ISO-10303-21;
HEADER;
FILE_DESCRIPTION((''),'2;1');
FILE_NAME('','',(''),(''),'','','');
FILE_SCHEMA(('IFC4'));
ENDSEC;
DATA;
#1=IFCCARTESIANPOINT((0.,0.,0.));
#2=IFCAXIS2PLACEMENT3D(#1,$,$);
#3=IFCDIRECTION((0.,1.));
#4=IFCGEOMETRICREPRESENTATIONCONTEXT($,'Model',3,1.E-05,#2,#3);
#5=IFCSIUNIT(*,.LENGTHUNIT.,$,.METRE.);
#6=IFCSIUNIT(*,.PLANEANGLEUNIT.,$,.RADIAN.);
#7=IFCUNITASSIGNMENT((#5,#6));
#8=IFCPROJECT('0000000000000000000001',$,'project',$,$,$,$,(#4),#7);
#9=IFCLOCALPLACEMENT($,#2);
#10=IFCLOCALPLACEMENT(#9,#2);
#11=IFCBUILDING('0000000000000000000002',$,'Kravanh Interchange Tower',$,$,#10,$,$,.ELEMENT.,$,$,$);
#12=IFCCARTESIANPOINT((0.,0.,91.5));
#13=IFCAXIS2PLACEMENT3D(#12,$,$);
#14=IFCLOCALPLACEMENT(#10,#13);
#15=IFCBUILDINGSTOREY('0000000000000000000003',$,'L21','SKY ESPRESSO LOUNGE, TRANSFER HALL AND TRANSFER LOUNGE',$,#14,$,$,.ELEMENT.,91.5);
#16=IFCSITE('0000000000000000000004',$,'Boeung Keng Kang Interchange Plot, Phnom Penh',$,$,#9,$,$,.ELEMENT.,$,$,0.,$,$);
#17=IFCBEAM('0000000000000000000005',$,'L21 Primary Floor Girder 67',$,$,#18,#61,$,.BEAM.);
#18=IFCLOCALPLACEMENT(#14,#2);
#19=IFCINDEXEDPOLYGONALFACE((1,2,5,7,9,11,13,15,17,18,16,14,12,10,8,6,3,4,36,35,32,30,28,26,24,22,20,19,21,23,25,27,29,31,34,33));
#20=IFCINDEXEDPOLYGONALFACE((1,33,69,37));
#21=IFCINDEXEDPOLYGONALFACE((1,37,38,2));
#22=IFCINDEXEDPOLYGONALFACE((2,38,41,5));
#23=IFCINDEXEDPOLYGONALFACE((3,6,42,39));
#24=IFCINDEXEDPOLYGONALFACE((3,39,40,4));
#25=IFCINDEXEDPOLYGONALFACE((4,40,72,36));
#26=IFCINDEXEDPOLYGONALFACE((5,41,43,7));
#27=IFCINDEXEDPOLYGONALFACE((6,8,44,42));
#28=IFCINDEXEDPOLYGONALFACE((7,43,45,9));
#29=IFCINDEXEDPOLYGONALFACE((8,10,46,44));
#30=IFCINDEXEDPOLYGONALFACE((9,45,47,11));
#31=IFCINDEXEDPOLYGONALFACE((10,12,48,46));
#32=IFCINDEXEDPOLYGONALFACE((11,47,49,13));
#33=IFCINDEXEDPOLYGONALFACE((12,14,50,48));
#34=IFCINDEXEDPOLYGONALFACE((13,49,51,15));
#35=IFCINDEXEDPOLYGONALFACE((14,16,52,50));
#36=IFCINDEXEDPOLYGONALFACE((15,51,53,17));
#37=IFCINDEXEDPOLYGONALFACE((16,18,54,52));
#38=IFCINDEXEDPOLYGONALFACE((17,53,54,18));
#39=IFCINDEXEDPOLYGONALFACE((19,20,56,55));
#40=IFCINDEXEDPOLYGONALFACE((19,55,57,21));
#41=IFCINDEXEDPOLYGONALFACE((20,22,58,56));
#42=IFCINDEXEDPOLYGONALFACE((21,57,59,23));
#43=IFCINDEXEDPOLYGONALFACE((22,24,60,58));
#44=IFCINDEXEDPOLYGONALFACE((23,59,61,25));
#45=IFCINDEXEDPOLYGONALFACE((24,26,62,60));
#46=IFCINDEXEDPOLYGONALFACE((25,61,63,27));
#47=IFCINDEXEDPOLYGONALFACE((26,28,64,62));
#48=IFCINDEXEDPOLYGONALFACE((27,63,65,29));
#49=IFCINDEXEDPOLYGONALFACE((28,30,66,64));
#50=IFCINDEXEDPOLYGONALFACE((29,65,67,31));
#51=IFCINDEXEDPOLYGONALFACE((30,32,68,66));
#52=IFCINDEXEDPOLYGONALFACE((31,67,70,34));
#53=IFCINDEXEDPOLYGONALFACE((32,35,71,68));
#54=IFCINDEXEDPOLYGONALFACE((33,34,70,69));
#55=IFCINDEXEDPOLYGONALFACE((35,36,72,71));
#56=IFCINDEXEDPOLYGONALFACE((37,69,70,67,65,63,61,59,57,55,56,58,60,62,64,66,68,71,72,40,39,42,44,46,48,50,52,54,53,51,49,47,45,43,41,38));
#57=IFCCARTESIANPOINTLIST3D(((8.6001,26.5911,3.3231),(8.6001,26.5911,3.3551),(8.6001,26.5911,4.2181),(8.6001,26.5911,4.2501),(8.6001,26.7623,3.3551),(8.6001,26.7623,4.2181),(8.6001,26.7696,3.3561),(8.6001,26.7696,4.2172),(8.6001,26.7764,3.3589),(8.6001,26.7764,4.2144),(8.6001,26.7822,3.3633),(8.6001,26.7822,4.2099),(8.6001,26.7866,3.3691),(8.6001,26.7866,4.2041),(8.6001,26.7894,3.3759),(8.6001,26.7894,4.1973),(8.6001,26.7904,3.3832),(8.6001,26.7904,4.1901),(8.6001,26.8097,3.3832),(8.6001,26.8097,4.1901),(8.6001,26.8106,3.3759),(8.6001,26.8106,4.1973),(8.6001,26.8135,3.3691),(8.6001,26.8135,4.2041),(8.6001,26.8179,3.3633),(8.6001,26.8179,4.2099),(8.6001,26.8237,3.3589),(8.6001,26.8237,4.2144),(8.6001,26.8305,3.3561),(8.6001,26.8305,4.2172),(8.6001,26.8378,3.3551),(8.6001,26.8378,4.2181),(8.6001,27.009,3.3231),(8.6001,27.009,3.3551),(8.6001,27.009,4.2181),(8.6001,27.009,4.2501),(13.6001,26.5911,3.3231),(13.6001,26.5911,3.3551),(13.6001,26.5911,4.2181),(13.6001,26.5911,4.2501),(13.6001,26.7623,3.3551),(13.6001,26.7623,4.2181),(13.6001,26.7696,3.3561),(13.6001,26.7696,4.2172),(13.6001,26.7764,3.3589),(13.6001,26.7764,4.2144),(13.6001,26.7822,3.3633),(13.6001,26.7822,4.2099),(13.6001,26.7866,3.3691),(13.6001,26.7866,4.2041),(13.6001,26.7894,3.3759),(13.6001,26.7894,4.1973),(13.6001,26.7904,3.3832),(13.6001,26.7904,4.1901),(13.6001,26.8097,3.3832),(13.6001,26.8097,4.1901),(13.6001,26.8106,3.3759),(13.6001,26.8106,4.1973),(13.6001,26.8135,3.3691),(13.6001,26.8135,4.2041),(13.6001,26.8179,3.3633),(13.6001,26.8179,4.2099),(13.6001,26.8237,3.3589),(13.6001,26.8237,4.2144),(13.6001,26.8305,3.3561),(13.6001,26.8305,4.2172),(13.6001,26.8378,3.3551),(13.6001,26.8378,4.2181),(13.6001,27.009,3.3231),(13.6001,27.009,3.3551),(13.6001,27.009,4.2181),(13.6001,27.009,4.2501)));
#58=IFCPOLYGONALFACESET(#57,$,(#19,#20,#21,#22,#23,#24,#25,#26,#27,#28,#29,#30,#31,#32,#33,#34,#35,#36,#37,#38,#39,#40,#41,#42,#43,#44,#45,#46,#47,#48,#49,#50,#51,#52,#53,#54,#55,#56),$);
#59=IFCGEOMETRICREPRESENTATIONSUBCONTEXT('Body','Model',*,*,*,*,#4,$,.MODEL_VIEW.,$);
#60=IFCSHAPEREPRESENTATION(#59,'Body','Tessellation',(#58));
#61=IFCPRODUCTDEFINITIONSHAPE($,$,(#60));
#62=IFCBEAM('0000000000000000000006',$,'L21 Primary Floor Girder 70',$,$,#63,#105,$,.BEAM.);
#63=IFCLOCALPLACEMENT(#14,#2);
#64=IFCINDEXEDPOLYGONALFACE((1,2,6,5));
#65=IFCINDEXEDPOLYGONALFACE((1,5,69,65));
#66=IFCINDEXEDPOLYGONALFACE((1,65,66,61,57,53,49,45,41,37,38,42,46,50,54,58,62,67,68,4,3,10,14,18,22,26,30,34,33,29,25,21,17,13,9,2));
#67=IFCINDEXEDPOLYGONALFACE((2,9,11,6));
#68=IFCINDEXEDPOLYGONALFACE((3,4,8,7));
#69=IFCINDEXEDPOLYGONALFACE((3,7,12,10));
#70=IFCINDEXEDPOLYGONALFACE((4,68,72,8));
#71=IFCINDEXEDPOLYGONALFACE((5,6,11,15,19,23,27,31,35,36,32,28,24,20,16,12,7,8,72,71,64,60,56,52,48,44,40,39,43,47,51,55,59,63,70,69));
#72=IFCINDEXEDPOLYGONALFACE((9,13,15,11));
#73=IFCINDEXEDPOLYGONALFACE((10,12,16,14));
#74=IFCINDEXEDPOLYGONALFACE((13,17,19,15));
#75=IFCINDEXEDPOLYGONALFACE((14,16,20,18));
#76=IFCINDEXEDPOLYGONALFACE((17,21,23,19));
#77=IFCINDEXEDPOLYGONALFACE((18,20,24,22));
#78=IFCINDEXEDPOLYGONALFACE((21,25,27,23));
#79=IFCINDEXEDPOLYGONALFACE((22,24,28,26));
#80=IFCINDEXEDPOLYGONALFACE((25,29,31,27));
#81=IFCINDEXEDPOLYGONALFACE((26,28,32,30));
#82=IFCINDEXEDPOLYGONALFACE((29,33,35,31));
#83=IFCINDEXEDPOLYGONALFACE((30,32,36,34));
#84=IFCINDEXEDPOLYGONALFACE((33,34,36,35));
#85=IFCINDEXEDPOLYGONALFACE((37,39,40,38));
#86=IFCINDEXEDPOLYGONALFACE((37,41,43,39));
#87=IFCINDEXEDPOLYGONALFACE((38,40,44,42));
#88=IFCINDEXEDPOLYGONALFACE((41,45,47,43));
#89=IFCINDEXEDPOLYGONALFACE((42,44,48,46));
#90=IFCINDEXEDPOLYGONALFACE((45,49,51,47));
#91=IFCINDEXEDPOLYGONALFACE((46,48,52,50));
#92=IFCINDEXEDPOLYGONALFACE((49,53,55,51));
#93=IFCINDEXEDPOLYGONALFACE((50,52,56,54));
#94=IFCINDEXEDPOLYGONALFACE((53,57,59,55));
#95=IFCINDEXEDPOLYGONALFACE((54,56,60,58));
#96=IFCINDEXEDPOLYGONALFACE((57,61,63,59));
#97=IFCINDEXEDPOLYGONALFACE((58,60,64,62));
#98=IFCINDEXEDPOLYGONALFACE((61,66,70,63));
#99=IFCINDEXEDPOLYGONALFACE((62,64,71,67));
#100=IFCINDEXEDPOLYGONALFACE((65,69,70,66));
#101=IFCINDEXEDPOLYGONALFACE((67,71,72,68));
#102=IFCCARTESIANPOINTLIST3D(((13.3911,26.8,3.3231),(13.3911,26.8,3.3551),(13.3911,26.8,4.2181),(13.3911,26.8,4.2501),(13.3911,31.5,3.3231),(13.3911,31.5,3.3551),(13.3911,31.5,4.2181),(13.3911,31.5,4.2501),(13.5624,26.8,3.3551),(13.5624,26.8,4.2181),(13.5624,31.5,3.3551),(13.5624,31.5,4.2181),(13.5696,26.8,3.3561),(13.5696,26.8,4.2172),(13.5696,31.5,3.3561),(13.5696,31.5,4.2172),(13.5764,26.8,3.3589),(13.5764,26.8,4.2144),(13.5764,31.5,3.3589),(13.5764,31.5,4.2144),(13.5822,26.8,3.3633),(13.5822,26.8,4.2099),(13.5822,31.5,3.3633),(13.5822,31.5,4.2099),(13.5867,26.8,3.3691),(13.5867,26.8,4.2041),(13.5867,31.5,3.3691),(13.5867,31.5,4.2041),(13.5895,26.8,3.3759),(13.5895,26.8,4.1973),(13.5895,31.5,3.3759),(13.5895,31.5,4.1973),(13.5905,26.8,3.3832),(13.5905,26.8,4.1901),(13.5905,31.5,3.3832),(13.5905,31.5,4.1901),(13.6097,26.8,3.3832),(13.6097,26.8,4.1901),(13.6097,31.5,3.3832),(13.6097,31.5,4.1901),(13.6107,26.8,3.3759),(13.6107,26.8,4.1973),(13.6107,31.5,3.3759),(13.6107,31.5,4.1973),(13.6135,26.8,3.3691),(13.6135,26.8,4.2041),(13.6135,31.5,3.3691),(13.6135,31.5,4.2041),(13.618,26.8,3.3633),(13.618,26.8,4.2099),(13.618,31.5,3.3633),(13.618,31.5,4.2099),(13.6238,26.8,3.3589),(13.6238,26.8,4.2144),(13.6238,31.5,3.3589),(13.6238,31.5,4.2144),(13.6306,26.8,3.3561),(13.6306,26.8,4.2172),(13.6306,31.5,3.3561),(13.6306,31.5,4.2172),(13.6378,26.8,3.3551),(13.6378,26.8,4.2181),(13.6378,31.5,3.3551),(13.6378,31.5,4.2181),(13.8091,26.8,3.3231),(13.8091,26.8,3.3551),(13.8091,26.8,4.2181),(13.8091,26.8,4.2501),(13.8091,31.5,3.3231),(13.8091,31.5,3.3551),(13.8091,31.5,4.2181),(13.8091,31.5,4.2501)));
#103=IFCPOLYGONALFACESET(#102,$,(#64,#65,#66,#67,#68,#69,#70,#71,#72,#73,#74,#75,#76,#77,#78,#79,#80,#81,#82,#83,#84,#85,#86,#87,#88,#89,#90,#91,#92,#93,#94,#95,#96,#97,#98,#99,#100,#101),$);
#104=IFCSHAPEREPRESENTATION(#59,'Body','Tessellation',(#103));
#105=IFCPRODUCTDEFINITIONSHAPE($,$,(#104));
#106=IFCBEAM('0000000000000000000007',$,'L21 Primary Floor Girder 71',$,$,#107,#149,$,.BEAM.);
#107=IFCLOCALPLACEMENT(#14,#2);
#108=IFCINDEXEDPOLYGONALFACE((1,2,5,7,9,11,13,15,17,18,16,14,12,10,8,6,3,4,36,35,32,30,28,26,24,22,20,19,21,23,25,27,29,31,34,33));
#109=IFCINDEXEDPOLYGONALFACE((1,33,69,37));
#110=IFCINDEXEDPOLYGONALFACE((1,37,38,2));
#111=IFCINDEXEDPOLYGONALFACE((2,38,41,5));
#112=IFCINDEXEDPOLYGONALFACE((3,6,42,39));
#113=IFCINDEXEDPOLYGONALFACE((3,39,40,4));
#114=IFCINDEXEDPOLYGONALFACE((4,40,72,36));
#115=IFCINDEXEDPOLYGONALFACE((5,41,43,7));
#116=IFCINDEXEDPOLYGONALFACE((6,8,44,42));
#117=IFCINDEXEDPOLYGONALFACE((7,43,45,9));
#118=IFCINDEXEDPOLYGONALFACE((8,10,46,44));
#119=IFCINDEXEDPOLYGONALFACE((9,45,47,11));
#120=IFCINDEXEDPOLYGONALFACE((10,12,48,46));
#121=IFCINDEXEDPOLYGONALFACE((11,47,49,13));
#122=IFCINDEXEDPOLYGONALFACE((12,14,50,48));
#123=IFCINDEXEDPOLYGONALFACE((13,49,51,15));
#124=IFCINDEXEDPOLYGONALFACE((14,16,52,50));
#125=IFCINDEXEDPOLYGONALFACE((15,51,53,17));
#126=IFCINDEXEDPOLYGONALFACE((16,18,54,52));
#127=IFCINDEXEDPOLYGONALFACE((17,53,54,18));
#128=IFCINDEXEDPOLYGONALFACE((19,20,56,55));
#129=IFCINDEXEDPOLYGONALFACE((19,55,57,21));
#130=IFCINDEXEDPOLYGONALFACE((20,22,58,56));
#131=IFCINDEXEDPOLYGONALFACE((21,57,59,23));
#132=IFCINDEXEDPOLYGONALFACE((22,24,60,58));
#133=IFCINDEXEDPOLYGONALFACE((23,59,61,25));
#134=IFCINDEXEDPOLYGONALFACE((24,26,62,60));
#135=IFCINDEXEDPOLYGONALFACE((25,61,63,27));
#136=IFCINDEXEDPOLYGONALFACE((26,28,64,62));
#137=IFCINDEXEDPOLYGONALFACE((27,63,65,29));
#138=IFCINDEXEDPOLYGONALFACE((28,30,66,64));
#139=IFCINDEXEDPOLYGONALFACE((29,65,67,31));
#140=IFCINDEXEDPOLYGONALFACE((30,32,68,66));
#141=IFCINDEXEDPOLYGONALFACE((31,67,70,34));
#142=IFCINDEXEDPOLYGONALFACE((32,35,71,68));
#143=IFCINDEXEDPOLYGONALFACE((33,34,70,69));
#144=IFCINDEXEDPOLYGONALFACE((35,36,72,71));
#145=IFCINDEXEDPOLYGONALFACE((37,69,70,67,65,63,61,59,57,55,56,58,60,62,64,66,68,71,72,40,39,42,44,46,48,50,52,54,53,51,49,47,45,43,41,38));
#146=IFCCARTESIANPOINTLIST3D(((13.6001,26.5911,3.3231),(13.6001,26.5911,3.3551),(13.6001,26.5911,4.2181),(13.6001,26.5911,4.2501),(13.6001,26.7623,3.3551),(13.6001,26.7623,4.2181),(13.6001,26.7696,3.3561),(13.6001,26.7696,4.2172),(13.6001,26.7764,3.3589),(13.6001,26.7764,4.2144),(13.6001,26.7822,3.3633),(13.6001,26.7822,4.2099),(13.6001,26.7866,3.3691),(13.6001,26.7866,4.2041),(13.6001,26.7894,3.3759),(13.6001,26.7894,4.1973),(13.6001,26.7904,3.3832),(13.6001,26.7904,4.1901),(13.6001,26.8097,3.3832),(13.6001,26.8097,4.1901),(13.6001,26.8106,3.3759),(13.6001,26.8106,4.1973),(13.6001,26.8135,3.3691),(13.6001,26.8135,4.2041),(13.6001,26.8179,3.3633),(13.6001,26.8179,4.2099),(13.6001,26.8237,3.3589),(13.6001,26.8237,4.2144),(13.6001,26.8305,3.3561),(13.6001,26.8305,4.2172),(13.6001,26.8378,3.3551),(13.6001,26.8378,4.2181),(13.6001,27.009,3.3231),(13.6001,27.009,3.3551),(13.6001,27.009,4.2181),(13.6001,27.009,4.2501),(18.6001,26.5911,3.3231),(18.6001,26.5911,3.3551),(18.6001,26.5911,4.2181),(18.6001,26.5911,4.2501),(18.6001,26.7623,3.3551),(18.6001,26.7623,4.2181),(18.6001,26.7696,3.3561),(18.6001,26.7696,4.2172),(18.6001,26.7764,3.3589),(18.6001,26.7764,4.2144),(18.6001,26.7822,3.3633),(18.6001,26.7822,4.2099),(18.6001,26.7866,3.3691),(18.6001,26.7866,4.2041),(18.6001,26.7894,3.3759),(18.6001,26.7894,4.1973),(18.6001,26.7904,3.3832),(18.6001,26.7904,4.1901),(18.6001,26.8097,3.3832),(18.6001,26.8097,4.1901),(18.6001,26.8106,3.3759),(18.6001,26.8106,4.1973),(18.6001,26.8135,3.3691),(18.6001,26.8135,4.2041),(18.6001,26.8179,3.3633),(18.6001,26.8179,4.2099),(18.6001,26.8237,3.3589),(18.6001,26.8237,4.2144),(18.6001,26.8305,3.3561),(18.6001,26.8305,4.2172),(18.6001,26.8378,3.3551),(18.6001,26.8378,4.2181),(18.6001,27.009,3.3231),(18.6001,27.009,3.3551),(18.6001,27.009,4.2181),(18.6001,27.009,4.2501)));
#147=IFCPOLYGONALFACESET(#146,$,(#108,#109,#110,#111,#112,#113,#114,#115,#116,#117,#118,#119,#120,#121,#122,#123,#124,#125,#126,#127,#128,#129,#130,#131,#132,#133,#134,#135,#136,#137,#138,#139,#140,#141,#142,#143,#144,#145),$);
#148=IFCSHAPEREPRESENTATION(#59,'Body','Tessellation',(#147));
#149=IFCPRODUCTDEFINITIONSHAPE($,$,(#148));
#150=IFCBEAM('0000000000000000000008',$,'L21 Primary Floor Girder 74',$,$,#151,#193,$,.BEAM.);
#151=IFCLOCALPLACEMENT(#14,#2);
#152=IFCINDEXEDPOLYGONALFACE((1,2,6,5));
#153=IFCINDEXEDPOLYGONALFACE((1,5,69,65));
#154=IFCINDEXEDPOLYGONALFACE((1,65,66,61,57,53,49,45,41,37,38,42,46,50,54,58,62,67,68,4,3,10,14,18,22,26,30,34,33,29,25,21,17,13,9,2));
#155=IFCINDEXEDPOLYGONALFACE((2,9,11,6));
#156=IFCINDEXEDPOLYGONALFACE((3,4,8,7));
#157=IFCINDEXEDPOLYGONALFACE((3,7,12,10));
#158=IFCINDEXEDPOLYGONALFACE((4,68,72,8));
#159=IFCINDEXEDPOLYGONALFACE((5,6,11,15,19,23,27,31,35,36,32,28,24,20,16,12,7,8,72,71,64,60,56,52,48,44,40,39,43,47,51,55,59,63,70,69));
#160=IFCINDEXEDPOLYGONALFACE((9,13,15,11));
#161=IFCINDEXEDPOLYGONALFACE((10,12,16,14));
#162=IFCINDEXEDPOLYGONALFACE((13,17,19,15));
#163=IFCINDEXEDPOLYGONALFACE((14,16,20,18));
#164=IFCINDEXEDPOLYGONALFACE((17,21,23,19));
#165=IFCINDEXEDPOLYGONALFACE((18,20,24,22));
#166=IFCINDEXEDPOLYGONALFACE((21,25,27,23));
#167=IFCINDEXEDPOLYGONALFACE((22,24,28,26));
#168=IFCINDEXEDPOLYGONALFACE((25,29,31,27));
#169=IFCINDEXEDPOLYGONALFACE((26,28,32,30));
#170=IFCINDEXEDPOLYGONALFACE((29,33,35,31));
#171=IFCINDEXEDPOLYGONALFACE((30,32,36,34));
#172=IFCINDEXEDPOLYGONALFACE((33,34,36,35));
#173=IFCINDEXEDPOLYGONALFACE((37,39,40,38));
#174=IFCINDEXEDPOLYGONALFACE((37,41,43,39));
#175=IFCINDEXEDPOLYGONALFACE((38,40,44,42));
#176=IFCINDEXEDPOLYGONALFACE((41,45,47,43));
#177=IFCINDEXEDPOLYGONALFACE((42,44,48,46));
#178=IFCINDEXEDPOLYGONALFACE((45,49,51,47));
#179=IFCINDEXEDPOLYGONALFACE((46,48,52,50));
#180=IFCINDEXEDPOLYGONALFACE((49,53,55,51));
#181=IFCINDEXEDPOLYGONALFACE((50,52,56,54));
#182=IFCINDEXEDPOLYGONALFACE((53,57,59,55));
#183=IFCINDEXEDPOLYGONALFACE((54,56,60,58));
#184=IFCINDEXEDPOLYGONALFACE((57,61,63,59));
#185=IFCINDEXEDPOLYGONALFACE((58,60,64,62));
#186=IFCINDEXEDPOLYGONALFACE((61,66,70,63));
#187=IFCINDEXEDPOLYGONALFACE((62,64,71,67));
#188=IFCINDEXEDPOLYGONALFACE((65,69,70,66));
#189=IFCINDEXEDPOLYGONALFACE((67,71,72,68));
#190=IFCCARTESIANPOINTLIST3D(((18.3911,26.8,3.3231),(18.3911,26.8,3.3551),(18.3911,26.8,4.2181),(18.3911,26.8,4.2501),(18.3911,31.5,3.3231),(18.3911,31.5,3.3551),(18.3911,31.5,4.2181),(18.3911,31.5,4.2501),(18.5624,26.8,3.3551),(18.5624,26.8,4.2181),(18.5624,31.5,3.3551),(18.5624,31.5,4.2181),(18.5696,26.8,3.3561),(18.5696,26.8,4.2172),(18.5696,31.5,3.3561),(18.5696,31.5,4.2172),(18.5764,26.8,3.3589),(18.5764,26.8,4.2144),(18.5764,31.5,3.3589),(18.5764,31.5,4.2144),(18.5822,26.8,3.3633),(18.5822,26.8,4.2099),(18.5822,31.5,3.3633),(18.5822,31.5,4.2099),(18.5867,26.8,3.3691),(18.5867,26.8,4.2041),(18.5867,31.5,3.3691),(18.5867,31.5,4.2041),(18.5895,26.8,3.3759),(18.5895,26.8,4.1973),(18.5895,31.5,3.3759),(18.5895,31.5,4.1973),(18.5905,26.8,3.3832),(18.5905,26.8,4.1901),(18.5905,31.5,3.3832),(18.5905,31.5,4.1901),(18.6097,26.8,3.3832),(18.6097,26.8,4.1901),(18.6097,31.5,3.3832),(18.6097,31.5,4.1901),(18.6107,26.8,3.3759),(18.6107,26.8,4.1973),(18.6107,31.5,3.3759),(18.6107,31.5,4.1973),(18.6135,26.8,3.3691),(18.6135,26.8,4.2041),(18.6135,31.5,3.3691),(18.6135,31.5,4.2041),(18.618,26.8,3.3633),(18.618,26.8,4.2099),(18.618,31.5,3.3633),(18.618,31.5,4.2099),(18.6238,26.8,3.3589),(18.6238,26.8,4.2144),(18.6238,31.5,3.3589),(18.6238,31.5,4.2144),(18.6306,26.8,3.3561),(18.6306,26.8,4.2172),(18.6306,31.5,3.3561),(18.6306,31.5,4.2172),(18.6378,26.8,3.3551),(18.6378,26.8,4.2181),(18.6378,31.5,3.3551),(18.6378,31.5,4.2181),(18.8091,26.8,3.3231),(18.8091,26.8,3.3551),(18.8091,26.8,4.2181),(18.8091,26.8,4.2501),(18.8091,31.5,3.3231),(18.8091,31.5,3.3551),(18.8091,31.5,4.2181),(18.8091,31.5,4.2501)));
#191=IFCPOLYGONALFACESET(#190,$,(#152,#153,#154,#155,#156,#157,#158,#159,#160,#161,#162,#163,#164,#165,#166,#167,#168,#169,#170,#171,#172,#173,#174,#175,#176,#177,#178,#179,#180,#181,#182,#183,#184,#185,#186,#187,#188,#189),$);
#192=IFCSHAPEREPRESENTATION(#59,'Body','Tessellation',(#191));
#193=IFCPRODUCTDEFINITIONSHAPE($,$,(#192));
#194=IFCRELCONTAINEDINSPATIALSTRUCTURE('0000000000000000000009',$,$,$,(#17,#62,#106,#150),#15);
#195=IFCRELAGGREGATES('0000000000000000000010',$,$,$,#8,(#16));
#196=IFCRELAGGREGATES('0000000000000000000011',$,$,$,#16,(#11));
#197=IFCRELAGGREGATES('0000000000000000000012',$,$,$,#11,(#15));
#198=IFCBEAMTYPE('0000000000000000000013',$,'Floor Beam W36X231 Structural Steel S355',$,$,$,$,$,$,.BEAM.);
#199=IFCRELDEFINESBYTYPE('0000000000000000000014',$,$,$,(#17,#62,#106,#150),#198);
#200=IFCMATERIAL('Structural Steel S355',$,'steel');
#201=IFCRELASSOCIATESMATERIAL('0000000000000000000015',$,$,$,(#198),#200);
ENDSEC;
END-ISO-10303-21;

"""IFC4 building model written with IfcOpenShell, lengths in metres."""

from ifc_helpers import new_model, si_unit, direction, frame, origin, origin_2d, place, context, subcontext, project, spatial, i_section, extrude, material, material_profile, profile_set, type_object, element, save


model = new_model("IFC4")

# Units and contexts
model_context = context("Model", 3, precision=1e-05, world=origin(), true_north=direction((0.0, 1.0)))
body_context = subcontext(model_context, "Body", "Model", "MODEL_VIEW")
ifc_project = project(units=[si_unit("LENGTHUNIT", "METRE"), si_unit("PLANEANGLEUNIT", "RADIAN")], contexts=[model_context])

# Site, building, storey
site_placement = place(None, origin())
site = spatial("IfcSite", under=ifc_project, at=site_placement, Name="Boeung Keng Kang Interchange Plot, Phnom Penh", CompositionType="ELEMENT", RefElevation=0.0)
building_placement = place(site_placement, origin())
building = spatial("IfcBuilding", under=site, at=building_placement, Name="Kravanh Interchange Tower", CompositionType="ELEMENT")
storey_placement = place(building_placement, frame((0.0, 0.0, 91.5)))
storey = spatial("IfcBuildingStorey", under=building, at=storey_placement, Name="L21", Description="SKY ESPRESSO LOUNGE, TRANSFER HALL AND TRANSFER LOUNGE", CompositionType="ELEMENT", Elevation=91.5)

# Beams
ifc_material_1 = material(Name="Structural Steel S355", Category="steel")
ifc_material_profile_1 = material_profile(ifc_material_1, i_section(OverallWidth=0.418, OverallDepth=0.927, WebThickness=0.0193, FlangeThickness=0.032, FilletRadius=0.0281, at=origin_2d()), Name="W36X231")
ifc_profile_set_1 = profile_set([ifc_material_profile_1], Name="Structural Steel S355")
beam_type_1 = type_object("IfcBeamType", Name="Floor Beam W36X231 Structural Steel S355", PredefinedType="BEAM", material=ifc_profile_set_1)
beam_1_placement = place(storey_placement, frame((8.6001, 26.8, 3.7866), z_axis=(1.0, 0.0, 0.0), x_axis=(0.0, 1.0, 0.0)))
element("IfcBeam", 1, at=beam_1_placement, inside=storey, type_object=beam_type_1, Name="L21 Primary Floor Girder 67", PredefinedType="BEAM", context=body_context, shape_type="SweptSolid", body=[
    extrude(i_section(OverallWidth=0.418, OverallDepth=0.927, WebThickness=0.0193, FlangeThickness=0.032, FilletRadius=0.0281, at=origin_2d()), origin(), (0.0, 0.0, 1.0), 5.0),
])
beam_2_placement = place(storey_placement, frame((13.6001, 26.8, 3.7866), z_axis=(0.0, 1.0, 0.0), x_axis=(-1.0, 0.0, 0.0)))
element("IfcBeam", 2, at=beam_2_placement, inside=storey, type_object=beam_type_1, Name="L21 Primary Floor Girder 70", PredefinedType="BEAM", context=body_context, shape_type="SweptSolid", body=[
    extrude(i_section(OverallWidth=0.418, OverallDepth=0.927, WebThickness=0.0193, FlangeThickness=0.032, FilletRadius=0.0281, at=origin_2d()), origin(), (0.0, 0.0, 1.0), 4.7),
])
beam_3_placement = place(storey_placement, frame((13.6001, 26.8, 3.7866), z_axis=(1.0, 0.0, 0.0), x_axis=(0.0, 1.0, 0.0)))
element("IfcBeam", 3, at=beam_3_placement, inside=storey, type_object=beam_type_1, Name="L21 Primary Floor Girder 71", PredefinedType="BEAM", context=body_context, shape_type="SweptSolid", body=[
    extrude(i_section(OverallWidth=0.418, OverallDepth=0.927, WebThickness=0.0193, FlangeThickness=0.032, FilletRadius=0.0281, at=origin_2d()), origin(), (0.0, 0.0, 1.0), 5.0),
])
beam_4_placement = place(storey_placement, frame((18.6001, 26.8, 3.7866), z_axis=(0.0, 1.0, 0.0), x_axis=(-1.0, 0.0, 0.0)))
element("IfcBeam", 4, at=beam_4_placement, inside=storey, type_object=beam_type_1, Name="L21 Primary Floor Girder 74", PredefinedType="BEAM", context=body_context, shape_type="SweptSolid", body=[
    extrude(i_section(OverallWidth=0.418, OverallDepth=0.927, WebThickness=0.0193, FlangeThickness=0.032, FilletRadius=0.0281, at=origin_2d()), origin(), (0.0, 0.0, 1.0), 4.7),
])

save(model, "model.ifc")
